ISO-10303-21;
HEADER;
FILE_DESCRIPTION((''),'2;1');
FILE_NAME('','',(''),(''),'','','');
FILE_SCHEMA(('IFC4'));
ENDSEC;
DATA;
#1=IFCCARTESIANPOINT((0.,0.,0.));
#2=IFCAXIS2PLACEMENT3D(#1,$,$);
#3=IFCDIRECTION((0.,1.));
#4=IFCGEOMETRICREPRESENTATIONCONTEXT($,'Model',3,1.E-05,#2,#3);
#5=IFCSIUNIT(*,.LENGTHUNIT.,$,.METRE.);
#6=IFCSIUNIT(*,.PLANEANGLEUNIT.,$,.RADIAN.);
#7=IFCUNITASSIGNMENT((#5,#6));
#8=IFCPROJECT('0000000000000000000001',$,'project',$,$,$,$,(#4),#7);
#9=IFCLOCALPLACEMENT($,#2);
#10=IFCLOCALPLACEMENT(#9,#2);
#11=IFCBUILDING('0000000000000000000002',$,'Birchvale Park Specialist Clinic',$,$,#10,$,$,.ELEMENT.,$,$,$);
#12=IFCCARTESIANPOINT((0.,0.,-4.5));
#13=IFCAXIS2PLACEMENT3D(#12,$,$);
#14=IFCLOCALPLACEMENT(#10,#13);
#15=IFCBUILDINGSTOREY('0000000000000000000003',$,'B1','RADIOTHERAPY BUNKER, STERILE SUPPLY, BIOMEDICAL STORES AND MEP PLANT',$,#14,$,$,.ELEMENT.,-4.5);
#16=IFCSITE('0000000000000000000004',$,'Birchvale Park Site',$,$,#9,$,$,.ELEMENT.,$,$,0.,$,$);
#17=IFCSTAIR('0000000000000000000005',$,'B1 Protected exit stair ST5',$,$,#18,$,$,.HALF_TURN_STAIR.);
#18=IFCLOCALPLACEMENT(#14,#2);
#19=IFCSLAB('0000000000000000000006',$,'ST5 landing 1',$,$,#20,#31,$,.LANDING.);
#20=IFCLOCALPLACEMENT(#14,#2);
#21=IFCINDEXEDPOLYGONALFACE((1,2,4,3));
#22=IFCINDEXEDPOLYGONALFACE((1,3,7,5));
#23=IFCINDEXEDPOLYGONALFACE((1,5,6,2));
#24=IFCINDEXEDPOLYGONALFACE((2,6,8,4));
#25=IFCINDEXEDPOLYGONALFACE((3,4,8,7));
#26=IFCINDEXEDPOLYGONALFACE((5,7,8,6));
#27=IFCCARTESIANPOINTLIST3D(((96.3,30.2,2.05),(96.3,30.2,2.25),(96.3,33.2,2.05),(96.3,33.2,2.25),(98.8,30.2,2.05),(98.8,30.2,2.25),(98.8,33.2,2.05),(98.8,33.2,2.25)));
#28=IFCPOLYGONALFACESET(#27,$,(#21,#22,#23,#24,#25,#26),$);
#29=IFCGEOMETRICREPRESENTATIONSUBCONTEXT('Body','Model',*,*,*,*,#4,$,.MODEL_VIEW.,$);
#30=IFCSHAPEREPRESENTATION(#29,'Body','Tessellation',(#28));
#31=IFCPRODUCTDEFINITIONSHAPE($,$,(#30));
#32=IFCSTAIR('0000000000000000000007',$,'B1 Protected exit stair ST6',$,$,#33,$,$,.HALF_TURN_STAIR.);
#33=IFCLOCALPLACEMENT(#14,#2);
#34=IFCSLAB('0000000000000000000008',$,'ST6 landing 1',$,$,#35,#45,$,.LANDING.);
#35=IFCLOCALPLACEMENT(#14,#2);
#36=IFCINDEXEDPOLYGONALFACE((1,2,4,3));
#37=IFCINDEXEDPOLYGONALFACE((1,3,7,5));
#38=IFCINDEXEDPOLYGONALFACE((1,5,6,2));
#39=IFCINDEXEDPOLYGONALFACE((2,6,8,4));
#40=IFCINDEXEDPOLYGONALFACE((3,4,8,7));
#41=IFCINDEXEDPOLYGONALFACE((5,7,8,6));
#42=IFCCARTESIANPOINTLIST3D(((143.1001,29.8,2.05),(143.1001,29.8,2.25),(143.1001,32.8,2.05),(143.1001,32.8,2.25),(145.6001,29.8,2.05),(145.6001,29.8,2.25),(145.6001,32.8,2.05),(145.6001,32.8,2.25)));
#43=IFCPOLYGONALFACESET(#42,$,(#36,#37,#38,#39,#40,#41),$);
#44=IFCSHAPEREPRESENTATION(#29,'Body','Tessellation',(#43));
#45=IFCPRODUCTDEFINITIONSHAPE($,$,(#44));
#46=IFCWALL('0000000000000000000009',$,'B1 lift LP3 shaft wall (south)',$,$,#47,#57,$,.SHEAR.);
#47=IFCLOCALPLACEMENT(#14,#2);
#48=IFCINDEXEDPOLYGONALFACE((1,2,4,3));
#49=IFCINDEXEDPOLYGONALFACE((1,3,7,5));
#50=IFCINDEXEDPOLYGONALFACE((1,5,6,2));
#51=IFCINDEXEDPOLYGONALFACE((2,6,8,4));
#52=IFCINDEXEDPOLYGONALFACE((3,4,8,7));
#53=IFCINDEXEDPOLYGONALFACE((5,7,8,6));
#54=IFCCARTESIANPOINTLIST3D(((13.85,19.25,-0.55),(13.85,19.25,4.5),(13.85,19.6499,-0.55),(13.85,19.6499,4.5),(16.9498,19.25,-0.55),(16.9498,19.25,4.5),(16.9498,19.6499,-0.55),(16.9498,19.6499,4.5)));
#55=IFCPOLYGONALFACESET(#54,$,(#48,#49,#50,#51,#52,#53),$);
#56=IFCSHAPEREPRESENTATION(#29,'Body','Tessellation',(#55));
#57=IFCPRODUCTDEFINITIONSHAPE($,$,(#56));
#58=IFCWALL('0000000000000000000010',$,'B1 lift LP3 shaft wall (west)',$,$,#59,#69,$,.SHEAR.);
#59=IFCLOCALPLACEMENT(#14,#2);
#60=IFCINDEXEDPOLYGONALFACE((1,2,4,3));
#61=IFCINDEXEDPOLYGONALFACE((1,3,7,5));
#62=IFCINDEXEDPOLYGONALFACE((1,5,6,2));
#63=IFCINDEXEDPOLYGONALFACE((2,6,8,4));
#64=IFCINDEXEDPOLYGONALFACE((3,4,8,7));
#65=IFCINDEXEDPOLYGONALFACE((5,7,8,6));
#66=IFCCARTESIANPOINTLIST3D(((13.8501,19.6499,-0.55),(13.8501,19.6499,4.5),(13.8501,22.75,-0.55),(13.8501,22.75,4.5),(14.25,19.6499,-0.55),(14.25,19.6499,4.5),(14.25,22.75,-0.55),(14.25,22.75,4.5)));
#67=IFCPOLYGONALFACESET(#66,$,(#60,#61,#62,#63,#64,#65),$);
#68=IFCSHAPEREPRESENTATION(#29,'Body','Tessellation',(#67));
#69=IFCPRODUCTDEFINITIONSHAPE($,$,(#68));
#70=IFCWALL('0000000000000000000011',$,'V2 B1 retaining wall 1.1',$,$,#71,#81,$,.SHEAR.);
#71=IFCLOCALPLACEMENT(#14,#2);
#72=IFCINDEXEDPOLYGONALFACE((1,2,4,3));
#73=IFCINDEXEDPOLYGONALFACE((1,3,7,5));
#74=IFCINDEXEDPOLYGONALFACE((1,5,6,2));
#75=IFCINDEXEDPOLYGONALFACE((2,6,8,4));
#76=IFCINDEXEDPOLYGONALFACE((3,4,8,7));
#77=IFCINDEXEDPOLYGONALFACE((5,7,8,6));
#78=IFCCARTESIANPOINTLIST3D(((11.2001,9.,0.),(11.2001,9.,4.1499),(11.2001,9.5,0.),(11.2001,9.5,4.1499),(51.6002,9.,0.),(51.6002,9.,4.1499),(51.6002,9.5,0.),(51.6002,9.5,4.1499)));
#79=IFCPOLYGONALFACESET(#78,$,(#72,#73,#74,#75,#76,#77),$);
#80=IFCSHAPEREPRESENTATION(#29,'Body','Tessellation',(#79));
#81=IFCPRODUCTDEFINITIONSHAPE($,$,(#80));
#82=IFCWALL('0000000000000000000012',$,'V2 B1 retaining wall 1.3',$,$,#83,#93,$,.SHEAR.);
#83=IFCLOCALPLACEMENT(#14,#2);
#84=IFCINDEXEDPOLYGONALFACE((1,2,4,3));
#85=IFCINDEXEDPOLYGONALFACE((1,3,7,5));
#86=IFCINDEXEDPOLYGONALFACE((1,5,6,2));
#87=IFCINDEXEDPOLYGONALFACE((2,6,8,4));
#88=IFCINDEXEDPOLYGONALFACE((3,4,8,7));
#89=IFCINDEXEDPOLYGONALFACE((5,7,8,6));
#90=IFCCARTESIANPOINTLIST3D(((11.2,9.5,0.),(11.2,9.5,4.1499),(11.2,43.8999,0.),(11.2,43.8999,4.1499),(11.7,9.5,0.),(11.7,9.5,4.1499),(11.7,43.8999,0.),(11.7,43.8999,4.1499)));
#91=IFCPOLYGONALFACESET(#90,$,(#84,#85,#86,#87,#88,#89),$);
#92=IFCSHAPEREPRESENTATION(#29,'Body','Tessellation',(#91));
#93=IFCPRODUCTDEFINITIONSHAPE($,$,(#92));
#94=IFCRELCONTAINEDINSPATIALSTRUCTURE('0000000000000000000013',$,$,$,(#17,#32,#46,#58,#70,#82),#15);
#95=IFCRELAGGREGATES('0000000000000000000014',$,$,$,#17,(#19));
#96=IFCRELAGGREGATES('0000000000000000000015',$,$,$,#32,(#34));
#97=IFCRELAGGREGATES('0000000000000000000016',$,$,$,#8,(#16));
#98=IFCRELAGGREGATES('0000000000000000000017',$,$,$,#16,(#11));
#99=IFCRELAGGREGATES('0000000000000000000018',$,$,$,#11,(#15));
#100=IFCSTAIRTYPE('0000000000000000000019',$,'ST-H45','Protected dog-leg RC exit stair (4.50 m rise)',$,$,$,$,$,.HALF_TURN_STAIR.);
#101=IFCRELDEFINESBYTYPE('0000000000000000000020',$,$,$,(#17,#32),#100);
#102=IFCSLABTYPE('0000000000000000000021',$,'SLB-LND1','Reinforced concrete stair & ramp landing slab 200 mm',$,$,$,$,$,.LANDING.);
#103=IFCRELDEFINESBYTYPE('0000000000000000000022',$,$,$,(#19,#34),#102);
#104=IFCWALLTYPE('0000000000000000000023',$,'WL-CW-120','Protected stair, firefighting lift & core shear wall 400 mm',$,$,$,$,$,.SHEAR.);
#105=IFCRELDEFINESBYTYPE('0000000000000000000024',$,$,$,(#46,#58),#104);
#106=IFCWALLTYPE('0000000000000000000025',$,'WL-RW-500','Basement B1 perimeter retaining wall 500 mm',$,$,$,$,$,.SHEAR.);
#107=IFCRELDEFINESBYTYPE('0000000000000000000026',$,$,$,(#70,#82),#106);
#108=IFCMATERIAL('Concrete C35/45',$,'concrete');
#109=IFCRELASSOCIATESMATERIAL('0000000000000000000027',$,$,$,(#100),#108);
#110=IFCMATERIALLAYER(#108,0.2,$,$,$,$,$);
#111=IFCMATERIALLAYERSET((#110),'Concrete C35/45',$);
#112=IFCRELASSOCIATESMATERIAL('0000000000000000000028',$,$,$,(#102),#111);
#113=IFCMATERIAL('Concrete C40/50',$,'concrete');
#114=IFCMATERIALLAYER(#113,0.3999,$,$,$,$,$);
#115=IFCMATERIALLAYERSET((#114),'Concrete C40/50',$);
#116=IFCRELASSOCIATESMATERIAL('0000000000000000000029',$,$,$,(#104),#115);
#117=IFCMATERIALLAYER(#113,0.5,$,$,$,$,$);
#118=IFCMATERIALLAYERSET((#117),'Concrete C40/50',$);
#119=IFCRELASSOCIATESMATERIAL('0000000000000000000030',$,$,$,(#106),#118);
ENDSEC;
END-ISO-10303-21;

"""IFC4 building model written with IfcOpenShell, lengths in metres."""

from ifc_helpers import new_model, si_unit, direction, frame, frame_2d, origin, place, context, subcontext, project, spatial, polyline, rectangle, outline, extrude, material, layer, layer_set, type_object, element, aggregate, save


model = new_model("IFC4")

# Units and contexts
model_context = context("Model", 3, precision=1e-05, world=origin(), true_north=direction((0.0, 1.0)))
body_context = subcontext(model_context, "Body", "Model", "MODEL_VIEW")
ifc_project = project(units=[si_unit("LENGTHUNIT", "METRE"), si_unit("PLANEANGLEUNIT", "RADIAN")], contexts=[model_context])

# Site, building, storey
site_placement = place(None, origin())
site = spatial("IfcSite", under=ifc_project, at=site_placement, Name="Birchvale Park Site", CompositionType="ELEMENT", RefElevation=0.0)
building_placement = place(site_placement, origin())
building = spatial("IfcBuilding", under=site, at=building_placement, Name="Birchvale Park Specialist Clinic", CompositionType="ELEMENT")
storey_placement = place(building_placement, frame((0.0, 0.0, -4.5)))
storey = spatial("IfcBuildingStorey", under=building, at=storey_placement, Name="B1", Description="RADIOTHERAPY BUNKER, STERILE SUPPLY, BIOMEDICAL STORES AND MEP PLANT", CompositionType="ELEMENT", Elevation=-4.5)

# Shared definitions
ifc_material_1 = material(Name="Concrete C40/50", Category="concrete")

# Shared definitions
ifc_material_2 = material(Name="Concrete C35/45", Category="concrete")

# Stairs, slabs
stair_type = type_object("IfcStairType", Name="ST-H45", Description="Protected dog-leg RC exit stair (4.50 m rise)", PredefinedType="HALF_TURN_STAIR", material=ifc_material_2)
ifc_layer_1 = layer(ifc_material_2, 0.2)
ifc_layer_set_1 = layer_set([ifc_layer_1], Name="Concrete C35/45")
slab_type_1 = type_object("IfcSlabType", Name="SLB-LND1", Description="Reinforced concrete stair & ramp landing slab 200 mm", PredefinedType="LANDING", material=ifc_layer_set_1)
stair_1_placement = place(storey_placement, origin())
stair_1 = element("IfcStair", 1, at=stair_1_placement, inside=storey, type_object=stair_type, Name="B1 Protected exit stair ST5", PredefinedType="HALF_TURN_STAIR")
slab_1_placement = place(storey_placement, frame((0.0, 0.0, 2.05)))
slab_1 = element("IfcSlab", 2, at=slab_1_placement, type_object=slab_type_1, Name="ST5 landing 1", PredefinedType="LANDING", context=body_context, shape_type="SweptSolid", body=[
    extrude(outline(polyline([(96.3, 30.2), (98.8, 30.2), (98.8, 33.2), (96.3, 33.2), (96.3, 30.2)])), origin(), (0.0, 0.0, 1.0), 0.2),
])
aggregate(stair_1, [slab_1])
stair_2_placement = place(storey_placement, origin())
stair_2 = element("IfcStair", 3, at=stair_2_placement, inside=storey, type_object=stair_type, Name="B1 Protected exit stair ST6", PredefinedType="HALF_TURN_STAIR")
slab_2_placement = place(storey_placement, frame((0.0, 0.0, 2.05)))
slab_2 = element("IfcSlab", 4, at=slab_2_placement, type_object=slab_type_1, Name="ST6 landing 1", PredefinedType="LANDING", context=body_context, shape_type="SweptSolid", body=[
    extrude(outline(polyline([(143.1001, 29.8), (145.6001, 29.8), (145.6001, 32.8), (143.1001, 32.8), (143.1001, 29.8)])), origin(), (0.0, 0.0, 1.0), 0.2),
])
aggregate(stair_2, [slab_2])

# Walls
ifc_layer_2 = layer(ifc_material_1, 0.3999)
ifc_layer_set_2 = layer_set([ifc_layer_2], Name="Concrete C40/50")
wall_type_1 = type_object("IfcWallType", Name="WL-CW-120", Description="Protected stair, firefighting lift & core shear wall 400 mm", PredefinedType="SHEAR", material=ifc_layer_set_2)
wall_1_placement = place(storey_placement, frame((13.8501, 19.45, -0.55), z_axis=(0.0, 0.0, 1.0), x_axis=(1.0, 0.0, 0.0)))
element("IfcWall", 5, at=wall_1_placement, inside=storey, type_object=wall_type_1, Name="B1 lift LP3 shaft wall (south)", PredefinedType="SHEAR", context=body_context, shape_type="SweptSolid", body=[
    extrude(rectangle(XDim=3.0999, YDim=0.3999, at=frame_2d((1.5498, 0.0))), origin(), (0.0, 0.0, 1.0), 5.05),
])
wall_2_placement = place(storey_placement, frame((14.05, 19.6499, -0.55), z_axis=(0.0, 0.0, 1.0), x_axis=(0.0, 1.0, 0.0)))
element("IfcWall", 6, at=wall_2_placement, inside=storey, type_object=wall_type_1, Name="B1 lift LP3 shaft wall (west)", PredefinedType="SHEAR", context=body_context, shape_type="SweptSolid", body=[
    extrude(rectangle(XDim=3.1001, YDim=0.3999, at=frame_2d((1.55, 0.0))), origin(), (0.0, 0.0, 1.0), 5.05),
])
ifc_layer_3 = layer(ifc_material_1, 0.5)
ifc_layer_set_3 = layer_set([ifc_layer_3], Name="Concrete C40/50")
wall_type_2 = type_object("IfcWallType", Name="WL-RW-500", Description="Basement B1 perimeter retaining wall 500 mm", PredefinedType="SHEAR", material=ifc_layer_set_3)
wall_3_placement = place(storey_placement, frame((11.2, 9.25, 0.0), z_axis=(0.0, 0.0, 1.0), x_axis=(1.0, 0.0, 0.0)))
element("IfcWall", 7, at=wall_3_placement, inside=storey, type_object=wall_type_2, Name="V2 B1 retaining wall 1.1", PredefinedType="SHEAR", context=body_context, shape_type="SweptSolid", body=[
    extrude(rectangle(XDim=40.4001, YDim=0.5, at=frame_2d((20.2002, 0.0))), origin(), (0.0, 0.0, 1.0), 4.1499),
])
wall_4_placement = place(storey_placement, frame((11.45, 9.5, 0.0), z_axis=(0.0, 0.0, 1.0), x_axis=(0.0, 1.0, 0.0)))
element("IfcWall", 8, at=wall_4_placement, inside=storey, type_object=wall_type_2, Name="V2 B1 retaining wall 1.3", PredefinedType="SHEAR", context=body_context, shape_type="SweptSolid", body=[
    extrude(rectangle(XDim=34.3999, YDim=0.5, at=frame_2d((17.2, 0.0))), origin(), (0.0, 0.0, 1.0), 4.1499),
])

save(model, "model.ifc")
